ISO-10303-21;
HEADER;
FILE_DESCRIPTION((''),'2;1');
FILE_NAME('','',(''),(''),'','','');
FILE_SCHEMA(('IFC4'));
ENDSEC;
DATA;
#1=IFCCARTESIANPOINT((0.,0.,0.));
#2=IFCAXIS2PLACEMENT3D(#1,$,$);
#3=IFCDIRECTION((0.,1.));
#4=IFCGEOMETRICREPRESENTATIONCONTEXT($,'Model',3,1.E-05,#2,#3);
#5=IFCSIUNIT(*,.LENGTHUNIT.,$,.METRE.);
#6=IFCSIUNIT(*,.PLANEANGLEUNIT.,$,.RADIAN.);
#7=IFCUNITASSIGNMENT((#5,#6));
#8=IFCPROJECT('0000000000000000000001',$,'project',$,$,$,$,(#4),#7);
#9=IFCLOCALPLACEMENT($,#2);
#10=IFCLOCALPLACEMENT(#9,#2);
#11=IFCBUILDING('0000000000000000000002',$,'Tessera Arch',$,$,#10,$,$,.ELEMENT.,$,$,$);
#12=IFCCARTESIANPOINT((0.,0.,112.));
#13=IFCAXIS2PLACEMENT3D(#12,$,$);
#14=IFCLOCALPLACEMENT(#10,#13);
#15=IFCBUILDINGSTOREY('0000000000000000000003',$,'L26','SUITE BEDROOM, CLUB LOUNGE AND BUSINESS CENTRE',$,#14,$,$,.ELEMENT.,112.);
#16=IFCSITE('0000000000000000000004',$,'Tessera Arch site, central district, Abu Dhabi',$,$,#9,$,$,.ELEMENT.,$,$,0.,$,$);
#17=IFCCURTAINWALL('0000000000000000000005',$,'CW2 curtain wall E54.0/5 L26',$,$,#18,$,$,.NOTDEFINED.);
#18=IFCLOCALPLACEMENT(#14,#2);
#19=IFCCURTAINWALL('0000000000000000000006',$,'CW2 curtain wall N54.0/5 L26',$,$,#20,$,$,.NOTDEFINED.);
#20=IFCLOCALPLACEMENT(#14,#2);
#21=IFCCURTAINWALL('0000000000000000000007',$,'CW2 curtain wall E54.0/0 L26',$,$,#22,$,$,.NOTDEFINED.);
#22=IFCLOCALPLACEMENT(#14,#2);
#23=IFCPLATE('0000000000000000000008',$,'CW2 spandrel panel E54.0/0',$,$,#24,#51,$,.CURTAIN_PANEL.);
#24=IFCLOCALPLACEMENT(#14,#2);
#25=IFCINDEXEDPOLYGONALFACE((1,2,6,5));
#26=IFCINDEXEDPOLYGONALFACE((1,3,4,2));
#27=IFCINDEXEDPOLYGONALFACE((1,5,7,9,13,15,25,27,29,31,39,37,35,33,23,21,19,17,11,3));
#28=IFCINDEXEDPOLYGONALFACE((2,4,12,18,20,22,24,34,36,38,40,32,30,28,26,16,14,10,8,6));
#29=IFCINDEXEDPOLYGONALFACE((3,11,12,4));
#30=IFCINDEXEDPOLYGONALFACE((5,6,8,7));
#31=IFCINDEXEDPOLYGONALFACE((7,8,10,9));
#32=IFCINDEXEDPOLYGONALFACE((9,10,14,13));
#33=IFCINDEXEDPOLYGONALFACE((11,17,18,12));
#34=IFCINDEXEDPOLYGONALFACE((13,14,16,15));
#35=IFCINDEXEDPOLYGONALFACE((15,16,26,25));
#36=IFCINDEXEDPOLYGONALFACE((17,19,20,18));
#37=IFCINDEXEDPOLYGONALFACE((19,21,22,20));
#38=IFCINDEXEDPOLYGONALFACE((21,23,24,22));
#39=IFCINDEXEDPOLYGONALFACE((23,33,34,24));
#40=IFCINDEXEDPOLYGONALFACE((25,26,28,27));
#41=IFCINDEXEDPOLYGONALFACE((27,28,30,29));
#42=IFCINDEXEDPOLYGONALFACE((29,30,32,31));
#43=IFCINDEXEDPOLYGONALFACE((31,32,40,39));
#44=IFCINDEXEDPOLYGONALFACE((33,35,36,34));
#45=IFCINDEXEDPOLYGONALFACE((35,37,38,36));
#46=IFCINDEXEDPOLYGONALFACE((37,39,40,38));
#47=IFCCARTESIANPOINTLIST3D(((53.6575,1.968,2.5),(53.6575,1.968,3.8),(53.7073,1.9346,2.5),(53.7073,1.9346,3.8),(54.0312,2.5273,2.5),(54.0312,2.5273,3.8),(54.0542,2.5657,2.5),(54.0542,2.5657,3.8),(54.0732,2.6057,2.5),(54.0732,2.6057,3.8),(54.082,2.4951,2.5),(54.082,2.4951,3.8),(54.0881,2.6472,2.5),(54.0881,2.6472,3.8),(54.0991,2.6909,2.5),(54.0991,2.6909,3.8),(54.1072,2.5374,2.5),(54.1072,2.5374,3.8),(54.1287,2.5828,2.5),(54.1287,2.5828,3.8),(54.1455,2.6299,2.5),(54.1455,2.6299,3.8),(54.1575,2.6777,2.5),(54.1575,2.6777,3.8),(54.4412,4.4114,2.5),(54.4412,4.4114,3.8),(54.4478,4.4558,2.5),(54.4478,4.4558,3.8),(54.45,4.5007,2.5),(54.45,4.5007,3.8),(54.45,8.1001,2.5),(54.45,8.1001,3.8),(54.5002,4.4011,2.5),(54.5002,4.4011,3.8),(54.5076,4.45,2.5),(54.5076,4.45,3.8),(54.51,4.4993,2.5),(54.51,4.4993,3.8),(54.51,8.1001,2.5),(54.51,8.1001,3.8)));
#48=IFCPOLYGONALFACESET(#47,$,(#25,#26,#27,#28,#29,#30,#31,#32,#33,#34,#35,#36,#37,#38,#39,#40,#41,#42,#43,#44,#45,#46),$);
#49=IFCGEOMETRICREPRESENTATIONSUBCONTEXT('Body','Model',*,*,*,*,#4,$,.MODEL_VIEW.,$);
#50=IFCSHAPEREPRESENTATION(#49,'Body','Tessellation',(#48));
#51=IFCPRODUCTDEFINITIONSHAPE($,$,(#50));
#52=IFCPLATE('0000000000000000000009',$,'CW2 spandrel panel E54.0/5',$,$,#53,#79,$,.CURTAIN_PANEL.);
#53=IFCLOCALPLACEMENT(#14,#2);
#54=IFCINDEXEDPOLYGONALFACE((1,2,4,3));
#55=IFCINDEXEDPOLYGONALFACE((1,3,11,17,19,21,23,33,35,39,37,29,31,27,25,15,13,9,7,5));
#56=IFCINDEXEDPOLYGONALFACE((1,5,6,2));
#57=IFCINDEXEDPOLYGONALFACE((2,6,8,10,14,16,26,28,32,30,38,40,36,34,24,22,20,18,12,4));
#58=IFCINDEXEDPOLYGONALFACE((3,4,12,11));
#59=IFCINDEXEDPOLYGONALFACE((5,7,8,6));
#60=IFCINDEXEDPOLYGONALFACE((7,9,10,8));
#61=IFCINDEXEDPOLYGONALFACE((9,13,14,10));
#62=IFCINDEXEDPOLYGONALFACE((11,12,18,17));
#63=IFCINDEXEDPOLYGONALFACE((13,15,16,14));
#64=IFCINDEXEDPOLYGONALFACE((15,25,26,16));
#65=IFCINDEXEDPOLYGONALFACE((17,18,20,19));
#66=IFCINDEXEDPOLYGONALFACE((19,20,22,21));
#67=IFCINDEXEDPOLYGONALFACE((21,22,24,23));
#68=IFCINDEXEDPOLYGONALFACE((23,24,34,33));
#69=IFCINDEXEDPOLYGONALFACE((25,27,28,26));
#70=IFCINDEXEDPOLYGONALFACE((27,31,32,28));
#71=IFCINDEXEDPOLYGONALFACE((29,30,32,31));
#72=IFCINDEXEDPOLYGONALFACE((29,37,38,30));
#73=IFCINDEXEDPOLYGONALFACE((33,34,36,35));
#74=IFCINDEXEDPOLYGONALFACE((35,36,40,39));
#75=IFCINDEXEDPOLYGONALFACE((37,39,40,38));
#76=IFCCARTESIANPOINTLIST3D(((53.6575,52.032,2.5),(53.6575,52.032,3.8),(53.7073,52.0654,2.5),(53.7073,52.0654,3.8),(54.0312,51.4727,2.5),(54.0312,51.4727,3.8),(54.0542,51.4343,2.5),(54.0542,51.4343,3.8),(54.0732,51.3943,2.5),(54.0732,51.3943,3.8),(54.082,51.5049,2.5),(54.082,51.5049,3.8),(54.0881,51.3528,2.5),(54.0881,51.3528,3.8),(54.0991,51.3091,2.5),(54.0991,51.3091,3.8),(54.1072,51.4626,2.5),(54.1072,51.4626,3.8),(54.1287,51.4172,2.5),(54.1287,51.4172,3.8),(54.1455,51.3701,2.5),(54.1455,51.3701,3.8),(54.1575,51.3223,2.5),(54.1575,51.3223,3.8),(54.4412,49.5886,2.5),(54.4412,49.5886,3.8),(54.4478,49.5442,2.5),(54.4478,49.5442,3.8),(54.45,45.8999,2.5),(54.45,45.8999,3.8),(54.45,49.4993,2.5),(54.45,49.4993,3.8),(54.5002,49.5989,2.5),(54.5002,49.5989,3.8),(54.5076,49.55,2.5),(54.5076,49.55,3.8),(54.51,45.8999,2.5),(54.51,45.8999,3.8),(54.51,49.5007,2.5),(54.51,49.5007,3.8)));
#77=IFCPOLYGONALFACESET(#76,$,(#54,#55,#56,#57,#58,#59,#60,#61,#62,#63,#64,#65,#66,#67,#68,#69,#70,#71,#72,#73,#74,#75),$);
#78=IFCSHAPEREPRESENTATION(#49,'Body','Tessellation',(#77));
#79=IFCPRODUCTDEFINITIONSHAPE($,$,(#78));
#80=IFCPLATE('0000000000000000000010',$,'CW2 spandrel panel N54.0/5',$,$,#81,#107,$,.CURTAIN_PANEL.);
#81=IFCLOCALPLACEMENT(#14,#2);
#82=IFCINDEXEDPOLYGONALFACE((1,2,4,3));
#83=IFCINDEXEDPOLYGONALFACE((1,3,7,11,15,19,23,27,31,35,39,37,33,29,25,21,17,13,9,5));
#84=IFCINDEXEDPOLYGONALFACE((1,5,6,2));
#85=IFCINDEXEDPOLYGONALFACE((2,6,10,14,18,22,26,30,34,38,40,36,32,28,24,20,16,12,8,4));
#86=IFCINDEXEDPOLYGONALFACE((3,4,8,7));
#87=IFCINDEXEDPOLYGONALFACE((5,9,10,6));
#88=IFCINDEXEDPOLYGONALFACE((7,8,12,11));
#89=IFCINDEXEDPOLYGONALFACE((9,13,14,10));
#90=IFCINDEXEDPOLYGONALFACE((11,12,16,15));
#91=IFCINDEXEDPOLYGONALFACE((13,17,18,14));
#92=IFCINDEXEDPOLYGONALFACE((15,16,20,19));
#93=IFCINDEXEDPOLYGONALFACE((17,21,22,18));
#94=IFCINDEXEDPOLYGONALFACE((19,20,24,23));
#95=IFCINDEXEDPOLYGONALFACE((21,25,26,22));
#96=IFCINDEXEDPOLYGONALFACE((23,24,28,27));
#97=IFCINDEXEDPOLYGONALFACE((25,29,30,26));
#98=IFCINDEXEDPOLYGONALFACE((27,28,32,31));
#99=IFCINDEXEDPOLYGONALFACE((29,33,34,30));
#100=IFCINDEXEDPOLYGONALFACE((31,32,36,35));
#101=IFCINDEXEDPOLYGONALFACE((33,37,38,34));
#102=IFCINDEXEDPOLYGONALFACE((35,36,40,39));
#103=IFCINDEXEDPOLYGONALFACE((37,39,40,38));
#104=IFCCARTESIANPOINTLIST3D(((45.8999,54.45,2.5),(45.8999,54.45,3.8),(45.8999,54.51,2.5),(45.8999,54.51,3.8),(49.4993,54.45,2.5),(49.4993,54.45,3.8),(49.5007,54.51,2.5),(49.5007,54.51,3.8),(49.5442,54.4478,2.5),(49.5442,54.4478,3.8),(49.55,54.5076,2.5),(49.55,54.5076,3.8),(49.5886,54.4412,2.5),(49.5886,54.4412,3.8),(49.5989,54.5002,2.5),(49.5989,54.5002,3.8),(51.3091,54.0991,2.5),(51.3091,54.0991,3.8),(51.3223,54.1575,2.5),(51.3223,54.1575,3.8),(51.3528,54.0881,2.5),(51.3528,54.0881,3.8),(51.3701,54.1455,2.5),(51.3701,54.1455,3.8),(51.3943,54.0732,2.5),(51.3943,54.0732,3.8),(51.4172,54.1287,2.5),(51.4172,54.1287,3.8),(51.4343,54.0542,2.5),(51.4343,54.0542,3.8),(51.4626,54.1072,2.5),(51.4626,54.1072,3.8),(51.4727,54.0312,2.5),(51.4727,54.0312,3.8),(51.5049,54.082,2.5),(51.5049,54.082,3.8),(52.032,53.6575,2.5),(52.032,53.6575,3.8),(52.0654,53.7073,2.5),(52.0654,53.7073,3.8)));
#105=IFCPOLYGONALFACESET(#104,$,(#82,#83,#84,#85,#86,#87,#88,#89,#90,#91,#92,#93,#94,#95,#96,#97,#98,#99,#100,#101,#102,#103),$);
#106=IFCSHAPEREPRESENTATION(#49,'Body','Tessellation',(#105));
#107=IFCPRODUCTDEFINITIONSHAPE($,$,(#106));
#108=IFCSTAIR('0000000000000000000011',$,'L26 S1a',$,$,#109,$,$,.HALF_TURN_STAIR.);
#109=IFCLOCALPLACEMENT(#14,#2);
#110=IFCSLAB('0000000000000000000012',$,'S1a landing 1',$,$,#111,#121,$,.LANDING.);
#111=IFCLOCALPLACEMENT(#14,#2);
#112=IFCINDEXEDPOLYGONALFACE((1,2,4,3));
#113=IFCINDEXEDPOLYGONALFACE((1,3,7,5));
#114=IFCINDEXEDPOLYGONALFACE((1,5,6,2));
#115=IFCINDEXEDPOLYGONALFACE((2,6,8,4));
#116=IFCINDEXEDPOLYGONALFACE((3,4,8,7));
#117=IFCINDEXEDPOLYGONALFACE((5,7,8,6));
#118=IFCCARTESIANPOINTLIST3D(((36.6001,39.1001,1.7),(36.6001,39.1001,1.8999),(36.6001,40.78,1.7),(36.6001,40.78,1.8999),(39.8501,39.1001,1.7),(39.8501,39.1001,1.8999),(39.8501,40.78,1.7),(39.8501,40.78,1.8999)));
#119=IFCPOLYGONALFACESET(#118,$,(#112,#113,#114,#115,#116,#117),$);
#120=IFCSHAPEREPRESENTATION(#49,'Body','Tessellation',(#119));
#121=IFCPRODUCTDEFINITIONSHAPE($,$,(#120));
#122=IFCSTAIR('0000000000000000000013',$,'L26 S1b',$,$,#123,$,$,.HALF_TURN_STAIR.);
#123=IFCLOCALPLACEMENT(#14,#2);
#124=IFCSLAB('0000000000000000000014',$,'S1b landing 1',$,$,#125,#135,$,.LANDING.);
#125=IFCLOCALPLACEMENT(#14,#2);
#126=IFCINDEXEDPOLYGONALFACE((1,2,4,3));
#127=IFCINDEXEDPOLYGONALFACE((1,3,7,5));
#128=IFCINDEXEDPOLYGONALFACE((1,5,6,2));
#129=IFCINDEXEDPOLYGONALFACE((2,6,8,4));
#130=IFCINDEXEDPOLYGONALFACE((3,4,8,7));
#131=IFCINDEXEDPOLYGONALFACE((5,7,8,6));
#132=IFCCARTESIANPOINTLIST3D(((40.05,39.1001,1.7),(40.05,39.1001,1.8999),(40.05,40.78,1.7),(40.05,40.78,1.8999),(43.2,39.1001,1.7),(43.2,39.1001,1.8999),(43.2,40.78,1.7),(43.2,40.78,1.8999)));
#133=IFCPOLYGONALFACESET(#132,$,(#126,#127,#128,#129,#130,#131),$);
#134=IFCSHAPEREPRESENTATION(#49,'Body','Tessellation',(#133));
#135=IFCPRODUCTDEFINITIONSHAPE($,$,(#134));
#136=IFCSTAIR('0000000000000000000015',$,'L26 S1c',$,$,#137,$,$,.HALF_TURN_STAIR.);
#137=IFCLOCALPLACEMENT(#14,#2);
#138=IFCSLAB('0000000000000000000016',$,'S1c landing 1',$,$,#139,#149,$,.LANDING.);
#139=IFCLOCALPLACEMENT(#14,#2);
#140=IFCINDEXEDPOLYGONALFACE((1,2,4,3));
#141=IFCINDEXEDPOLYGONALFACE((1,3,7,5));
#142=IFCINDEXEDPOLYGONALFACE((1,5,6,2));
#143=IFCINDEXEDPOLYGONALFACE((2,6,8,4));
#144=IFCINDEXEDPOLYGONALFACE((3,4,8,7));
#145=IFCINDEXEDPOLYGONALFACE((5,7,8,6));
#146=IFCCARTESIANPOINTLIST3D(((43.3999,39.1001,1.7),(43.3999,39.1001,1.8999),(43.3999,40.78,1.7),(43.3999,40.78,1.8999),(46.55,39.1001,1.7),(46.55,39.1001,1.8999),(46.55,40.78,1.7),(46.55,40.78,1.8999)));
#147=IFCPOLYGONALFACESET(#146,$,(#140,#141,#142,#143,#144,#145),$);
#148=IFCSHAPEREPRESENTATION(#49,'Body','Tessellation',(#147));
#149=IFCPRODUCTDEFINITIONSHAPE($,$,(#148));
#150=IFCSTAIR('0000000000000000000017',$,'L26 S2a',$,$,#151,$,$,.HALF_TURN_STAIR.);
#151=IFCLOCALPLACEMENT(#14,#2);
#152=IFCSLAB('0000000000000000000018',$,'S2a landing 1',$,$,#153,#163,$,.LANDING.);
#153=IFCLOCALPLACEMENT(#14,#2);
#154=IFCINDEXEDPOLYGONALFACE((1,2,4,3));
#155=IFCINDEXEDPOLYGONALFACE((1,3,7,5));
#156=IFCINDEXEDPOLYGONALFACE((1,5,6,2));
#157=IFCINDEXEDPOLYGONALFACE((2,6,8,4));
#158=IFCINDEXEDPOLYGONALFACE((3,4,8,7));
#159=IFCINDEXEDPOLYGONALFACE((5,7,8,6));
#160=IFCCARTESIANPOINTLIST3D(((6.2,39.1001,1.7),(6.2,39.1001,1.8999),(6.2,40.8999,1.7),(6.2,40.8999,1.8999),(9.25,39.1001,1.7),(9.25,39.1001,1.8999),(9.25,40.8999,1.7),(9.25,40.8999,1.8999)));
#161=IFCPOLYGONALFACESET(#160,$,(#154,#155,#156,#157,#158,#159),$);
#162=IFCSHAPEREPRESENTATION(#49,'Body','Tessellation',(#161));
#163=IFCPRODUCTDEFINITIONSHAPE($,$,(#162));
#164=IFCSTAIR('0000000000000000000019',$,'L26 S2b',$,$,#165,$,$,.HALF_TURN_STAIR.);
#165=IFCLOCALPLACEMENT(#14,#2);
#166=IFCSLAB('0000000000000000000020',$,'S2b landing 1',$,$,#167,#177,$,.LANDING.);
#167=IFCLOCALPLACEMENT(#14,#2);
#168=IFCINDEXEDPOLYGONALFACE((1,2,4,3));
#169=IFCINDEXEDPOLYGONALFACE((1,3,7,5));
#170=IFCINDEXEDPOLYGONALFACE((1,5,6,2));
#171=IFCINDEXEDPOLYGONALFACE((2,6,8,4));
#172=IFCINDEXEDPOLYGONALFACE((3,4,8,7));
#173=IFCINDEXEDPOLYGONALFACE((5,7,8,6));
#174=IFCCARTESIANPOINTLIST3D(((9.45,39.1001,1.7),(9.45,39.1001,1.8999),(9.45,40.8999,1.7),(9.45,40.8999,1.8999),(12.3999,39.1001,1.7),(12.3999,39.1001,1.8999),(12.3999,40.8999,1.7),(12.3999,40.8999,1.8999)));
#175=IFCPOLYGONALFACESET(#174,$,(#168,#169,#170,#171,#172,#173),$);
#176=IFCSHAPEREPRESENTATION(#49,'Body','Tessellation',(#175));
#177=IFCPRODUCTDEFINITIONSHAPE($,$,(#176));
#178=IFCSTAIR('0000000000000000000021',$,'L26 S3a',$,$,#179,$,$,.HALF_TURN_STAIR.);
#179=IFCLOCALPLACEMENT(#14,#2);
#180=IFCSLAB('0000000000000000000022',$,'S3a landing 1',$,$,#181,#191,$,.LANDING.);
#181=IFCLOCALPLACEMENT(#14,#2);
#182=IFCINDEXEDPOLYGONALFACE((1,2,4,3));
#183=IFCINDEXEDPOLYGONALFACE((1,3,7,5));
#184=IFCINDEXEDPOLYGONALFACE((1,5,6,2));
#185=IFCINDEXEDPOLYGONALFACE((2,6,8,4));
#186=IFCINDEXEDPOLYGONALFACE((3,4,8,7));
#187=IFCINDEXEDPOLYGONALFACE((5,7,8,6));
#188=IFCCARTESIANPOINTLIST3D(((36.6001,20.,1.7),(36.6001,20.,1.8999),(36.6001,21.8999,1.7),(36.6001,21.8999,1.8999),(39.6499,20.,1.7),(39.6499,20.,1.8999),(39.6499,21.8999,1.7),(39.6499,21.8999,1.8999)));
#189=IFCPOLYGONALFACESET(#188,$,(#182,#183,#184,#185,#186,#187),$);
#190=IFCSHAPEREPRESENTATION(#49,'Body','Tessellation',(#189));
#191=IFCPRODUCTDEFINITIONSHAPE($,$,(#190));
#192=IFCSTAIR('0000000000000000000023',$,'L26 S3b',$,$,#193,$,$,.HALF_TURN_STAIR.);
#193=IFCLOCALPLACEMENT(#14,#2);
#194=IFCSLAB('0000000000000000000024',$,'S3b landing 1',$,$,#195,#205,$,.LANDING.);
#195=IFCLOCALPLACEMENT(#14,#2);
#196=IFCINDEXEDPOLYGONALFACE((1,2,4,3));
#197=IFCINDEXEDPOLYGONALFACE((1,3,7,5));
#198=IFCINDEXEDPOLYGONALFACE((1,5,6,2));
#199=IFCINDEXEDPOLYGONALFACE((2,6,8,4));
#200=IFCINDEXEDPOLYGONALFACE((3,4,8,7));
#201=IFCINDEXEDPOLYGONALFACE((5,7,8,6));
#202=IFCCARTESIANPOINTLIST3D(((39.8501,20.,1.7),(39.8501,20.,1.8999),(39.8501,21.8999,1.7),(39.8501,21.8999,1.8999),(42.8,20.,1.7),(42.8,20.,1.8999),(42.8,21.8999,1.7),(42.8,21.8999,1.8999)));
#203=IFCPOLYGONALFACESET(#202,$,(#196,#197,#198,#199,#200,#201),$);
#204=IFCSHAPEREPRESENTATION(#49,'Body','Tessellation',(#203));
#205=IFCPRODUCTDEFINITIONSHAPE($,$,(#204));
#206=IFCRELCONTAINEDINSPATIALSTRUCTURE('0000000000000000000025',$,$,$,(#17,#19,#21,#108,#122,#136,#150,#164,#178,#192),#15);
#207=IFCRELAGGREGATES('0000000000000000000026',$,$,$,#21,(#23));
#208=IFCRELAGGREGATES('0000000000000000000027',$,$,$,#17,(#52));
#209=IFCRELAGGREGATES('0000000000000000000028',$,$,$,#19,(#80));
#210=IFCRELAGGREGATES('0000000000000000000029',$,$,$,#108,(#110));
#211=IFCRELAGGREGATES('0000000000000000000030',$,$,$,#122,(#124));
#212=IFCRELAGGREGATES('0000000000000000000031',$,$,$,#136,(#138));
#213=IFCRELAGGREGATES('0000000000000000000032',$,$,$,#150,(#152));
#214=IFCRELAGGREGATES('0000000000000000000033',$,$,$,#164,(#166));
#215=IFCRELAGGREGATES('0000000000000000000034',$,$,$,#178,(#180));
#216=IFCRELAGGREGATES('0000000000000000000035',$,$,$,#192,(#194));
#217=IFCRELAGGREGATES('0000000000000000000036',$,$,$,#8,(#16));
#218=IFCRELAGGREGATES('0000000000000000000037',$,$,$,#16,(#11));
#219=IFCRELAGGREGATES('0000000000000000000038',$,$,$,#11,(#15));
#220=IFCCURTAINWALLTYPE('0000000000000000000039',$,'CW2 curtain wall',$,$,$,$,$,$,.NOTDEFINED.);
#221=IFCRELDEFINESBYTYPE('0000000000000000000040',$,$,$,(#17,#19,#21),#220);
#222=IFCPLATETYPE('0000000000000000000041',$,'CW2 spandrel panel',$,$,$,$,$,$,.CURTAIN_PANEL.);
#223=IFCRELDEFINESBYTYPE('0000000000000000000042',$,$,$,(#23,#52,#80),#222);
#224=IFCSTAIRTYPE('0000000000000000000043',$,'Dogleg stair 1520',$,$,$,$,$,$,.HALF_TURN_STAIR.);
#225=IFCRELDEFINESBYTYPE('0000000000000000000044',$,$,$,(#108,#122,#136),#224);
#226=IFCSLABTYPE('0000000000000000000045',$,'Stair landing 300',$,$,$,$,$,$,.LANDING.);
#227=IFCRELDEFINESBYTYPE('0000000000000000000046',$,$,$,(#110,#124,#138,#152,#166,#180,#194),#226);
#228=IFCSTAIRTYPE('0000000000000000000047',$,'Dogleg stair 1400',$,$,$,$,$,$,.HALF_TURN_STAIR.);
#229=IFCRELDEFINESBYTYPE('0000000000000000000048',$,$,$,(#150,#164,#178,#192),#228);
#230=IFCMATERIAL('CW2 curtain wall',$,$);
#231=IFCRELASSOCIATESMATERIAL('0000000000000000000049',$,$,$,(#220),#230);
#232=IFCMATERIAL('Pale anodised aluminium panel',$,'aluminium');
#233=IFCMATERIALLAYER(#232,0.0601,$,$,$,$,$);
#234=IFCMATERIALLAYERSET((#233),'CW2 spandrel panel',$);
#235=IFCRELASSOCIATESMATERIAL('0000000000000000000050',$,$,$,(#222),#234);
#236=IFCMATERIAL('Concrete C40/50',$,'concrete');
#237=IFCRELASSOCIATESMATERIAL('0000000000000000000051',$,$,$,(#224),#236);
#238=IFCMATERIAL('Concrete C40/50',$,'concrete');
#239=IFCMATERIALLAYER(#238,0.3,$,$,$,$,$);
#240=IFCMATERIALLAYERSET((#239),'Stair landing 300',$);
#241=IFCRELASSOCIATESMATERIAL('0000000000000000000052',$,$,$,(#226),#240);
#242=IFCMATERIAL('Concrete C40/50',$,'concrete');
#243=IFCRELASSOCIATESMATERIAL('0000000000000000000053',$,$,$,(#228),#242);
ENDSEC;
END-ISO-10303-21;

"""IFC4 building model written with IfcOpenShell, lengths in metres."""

from ifc_helpers import new_model, si_unit, direction, frame, origin, place, context, subcontext, project, spatial, polyline, outline, extrude, material, layer, layer_set, type_object, element, aggregate, save


model = new_model("IFC4")

# Units and contexts
model_context = context("Model", 3, precision=1e-05, world=origin(), true_north=direction((0.0, 1.0)))
body_context = subcontext(model_context, "Body", "Model", "MODEL_VIEW")
ifc_project = project(units=[si_unit("LENGTHUNIT", "METRE"), si_unit("PLANEANGLEUNIT", "RADIAN")], contexts=[model_context])

# Site, building, storey
site_placement = place(None, origin())
site = spatial("IfcSite", under=ifc_project, at=site_placement, Name="Tessera Arch site, central district, Abu Dhabi", CompositionType="ELEMENT", RefElevation=0.0)
building_placement = place(site_placement, origin())
building = spatial("IfcBuilding", under=site, at=building_placement, Name="Tessera Arch", CompositionType="ELEMENT")
storey_placement = place(building_placement, frame((0.0, 0.0, 112.0)))
storey = spatial("IfcBuildingStorey", under=building, at=storey_placement, Name="L26", Description="SUITE BEDROOM, CLUB LOUNGE AND BUSINESS CENTRE", CompositionType="ELEMENT", Elevation=112.0)

# Curtain walls
ifc_material_1 = material(Name="CW2 curtain wall")
curtain_wall_type = type_object("IfcCurtainWallType", Name="CW2 curtain wall", PredefinedType="NOTDEFINED", material=ifc_material_1)
curtain_wall_1_placement = place(storey_placement, origin())
curtain_wall_1 = element("IfcCurtainWall", 1, at=curtain_wall_1_placement, inside=storey, type_object=curtain_wall_type, Name="CW2 curtain wall E54.0/5 L26", PredefinedType="NOTDEFINED")
curtain_wall_2_placement = place(storey_placement, origin())
curtain_wall_2 = element("IfcCurtainWall", 2, at=curtain_wall_2_placement, inside=storey, type_object=curtain_wall_type, Name="CW2 curtain wall N54.0/5 L26", PredefinedType="NOTDEFINED")

# Curtain wall
curtain_wall_3_placement = place(storey_placement, origin())
curtain_wall_3 = element("IfcCurtainWall", 3, at=curtain_wall_3_placement, inside=storey, type_object=curtain_wall_type, Name="CW2 curtain wall E54.0/0 L26", PredefinedType="NOTDEFINED")

# Plates
ifc_material_2 = material(Name="Pale anodised aluminium panel", Category="aluminium")
ifc_layer_1 = layer(ifc_material_2, 0.0601)
ifc_layer_set_1 = layer_set([ifc_layer_1], Name="CW2 spandrel panel")
plate_type_1 = type_object("IfcPlateType", Name="CW2 spandrel panel", PredefinedType="CURTAIN_PANEL", material=ifc_layer_set_1)
plate_1_placement = place(storey_placement, frame((0.0, 0.0, 2.5)))
plate_1 = element("IfcPlate", 4, at=plate_1_placement, type_object=plate_type_1, Name="CW2 spandrel panel E54.0/0", PredefinedType="CURTAIN_PANEL", context=body_context, shape_type="SweptSolid", body=[
    extrude(outline(polyline([(54.0312, 2.5273), (53.6575, 1.968), (53.7073, 1.9346), (54.082, 2.4951), (54.1072, 2.5374), (54.1287, 2.5828), (54.1455, 2.6299), (54.1575, 2.6777), (54.5002, 4.4011), (54.5076, 4.45), (54.51, 4.4993), (54.51, 8.1001), (54.45, 8.1001), (54.45, 4.5007), (54.4478, 4.4558), (54.4412, 4.4114), (54.0991, 2.6909), (54.0881, 2.6472), (54.0732, 2.6057), (54.0542, 2.5657), (54.0312, 2.5273)])), origin(), (0.0, 0.0, 1.0), 1.3),
])
aggregate(curtain_wall_3, [plate_1])
plate_2_placement = place(storey_placement, frame((0.0, 0.0, 2.5)))
plate_2 = element("IfcPlate", 5, at=plate_2_placement, type_object=plate_type_1, Name="CW2 spandrel panel E54.0/5", PredefinedType="CURTAIN_PANEL", context=body_context, shape_type="SweptSolid", body=[
    extrude(outline(polyline([(54.45, 49.4993), (54.45, 45.8999), (54.51, 45.8999), (54.51, 49.5007), (54.5076, 49.55), (54.5002, 49.5989), (54.1575, 51.3223), (54.1455, 51.3701), (54.1287, 51.4172), (54.1072, 51.4626), (54.082, 51.5049), (53.7073, 52.0654), (53.6575, 52.032), (54.0312, 51.4727), (54.0542, 51.4343), (54.0732, 51.3943), (54.0881, 51.3528), (54.0991, 51.3091), (54.4412, 49.5886), (54.4478, 49.5442), (54.45, 49.4993)])), origin(), (0.0, 0.0, 1.0), 1.3),
])
aggregate(curtain_wall_1, [plate_2])
plate_3_placement = place(storey_placement, frame((0.0, 0.0, 2.5)))
plate_3 = element("IfcPlate", 6, at=plate_3_placement, type_object=plate_type_1, Name="CW2 spandrel panel N54.0/5", PredefinedType="CURTAIN_PANEL", context=body_context, shape_type="SweptSolid", body=[
    extrude(outline(polyline([(51.4727, 54.0312), (52.032, 53.6575), (52.0654, 53.7073), (51.5049, 54.082), (51.4626, 54.1072), (51.4172, 54.1287), (51.3701, 54.1455), (51.3223, 54.1575), (49.5989, 54.5002), (49.55, 54.5076), (49.5007, 54.51), (45.8999, 54.51), (45.8999, 54.45), (49.4993, 54.45), (49.5442, 54.4478), (49.5886, 54.4412), (51.3091, 54.0991), (51.3528, 54.0881), (51.3943, 54.0732), (51.4343, 54.0542), (51.4727, 54.0312)])), origin(), (0.0, 0.0, 1.0), 1.3),
])
aggregate(curtain_wall_2, [plate_3])

# Stairs, slabs
ifc_material_3 = material(Name="Concrete C40/50", Category="concrete")
stair_type_1 = type_object("IfcStairType", Name="Dogleg stair 1520", PredefinedType="HALF_TURN_STAIR", material=ifc_material_3)
stair_1_placement = place(storey_placement, origin())
stair_1 = element("IfcStair", 7, at=stair_1_placement, inside=storey, type_object=stair_type_1, Name="L26 S1a", PredefinedType="HALF_TURN_STAIR")
ifc_material_4 = material(Name="Concrete C40/50", Category="concrete")
ifc_layer_2 = layer(ifc_material_4, 0.3)
ifc_layer_set_2 = layer_set([ifc_layer_2], Name="Stair landing 300")
slab_type = type_object("IfcSlabType", Name="Stair landing 300", PredefinedType="LANDING", material=ifc_layer_set_2)
slab_1_placement = place(storey_placement, frame((0.0, 0.0, 1.7)))
slab_1 = element("IfcSlab", 8, at=slab_1_placement, type_object=slab_type, Name="S1a landing 1", PredefinedType="LANDING", context=body_context, shape_type="SweptSolid", body=[
    extrude(outline(polyline([(36.6001, 40.78), (36.6001, 39.1001), (39.8501, 39.1001), (39.8501, 40.78), (36.6001, 40.78)])), origin(), (0.0, 0.0, 1.0), 0.2),
])
aggregate(stair_1, [slab_1])
stair_2_placement = place(storey_placement, origin())
stair_2 = element("IfcStair", 9, at=stair_2_placement, inside=storey, type_object=stair_type_1, Name="L26 S1b", PredefinedType="HALF_TURN_STAIR")
slab_2_placement = place(storey_placement, frame((0.0, 0.0, 1.7)))
slab_2 = element("IfcSlab", 10, at=slab_2_placement, type_object=slab_type, Name="S1b landing 1", PredefinedType="LANDING", context=body_context, shape_type="SweptSolid", body=[
    extrude(outline(polyline([(40.05, 40.78), (40.05, 39.1001), (43.2, 39.1001), (43.2, 40.78), (40.05, 40.78)])), origin(), (0.0, 0.0, 1.0), 0.2),
])
aggregate(stair_2, [slab_2])
stair_3_placement = place(storey_placement, origin())
stair_3 = element("IfcStair", 11, at=stair_3_placement, inside=storey, type_object=stair_type_1, Name="L26 S1c", PredefinedType="HALF_TURN_STAIR")
slab_3_placement = place(storey_placement, frame((0.0, 0.0, 1.7)))
slab_3 = element("IfcSlab", 12, at=slab_3_placement, type_object=slab_type, Name="S1c landing 1", PredefinedType="LANDING", context=body_context, shape_type="SweptSolid", body=[
    extrude(outline(polyline([(43.3999, 40.78), (43.3999, 39.1001), (46.55, 39.1001), (46.55, 40.78), (43.3999, 40.78)])), origin(), (0.0, 0.0, 1.0), 0.2),
])
aggregate(stair_3, [slab_3])
ifc_material_5 = material(Name="Concrete C40/50", Category="concrete")
stair_type_2 = type_object("IfcStairType", Name="Dogleg stair 1400", PredefinedType="HALF_TURN_STAIR", material=ifc_material_5)
stair_4_placement = place(storey_placement, origin())
stair_4 = element("IfcStair", 13, at=stair_4_placement, inside=storey, type_object=stair_type_2, Name="L26 S2a", PredefinedType="HALF_TURN_STAIR")
slab_4_placement = place(storey_placement, frame((0.0, 0.0, 1.7)))
slab_4 = element("IfcSlab", 14, at=slab_4_placement, type_object=slab_type, Name="S2a landing 1", PredefinedType="LANDING", context=body_context, shape_type="SweptSolid", body=[
    extrude(outline(polyline([(6.2, 40.8999), (6.2, 39.1001), (9.25, 39.1001), (9.25, 40.8999), (6.2, 40.8999)])), origin(), (0.0, 0.0, 1.0), 0.2),
])
aggregate(stair_4, [slab_4])
stair_5_placement = place(storey_placement, origin())
stair_5 = element("IfcStair", 15, at=stair_5_placement, inside=storey, type_object=stair_type_2, Name="L26 S2b", PredefinedType="HALF_TURN_STAIR")
slab_5_placement = place(storey_placement, frame((0.0, 0.0, 1.7)))
slab_5 = element("IfcSlab", 16, at=slab_5_placement, type_object=slab_type, Name="S2b landing 1", PredefinedType="LANDING", context=body_context, shape_type="SweptSolid", body=[
    extrude(outline(polyline([(9.45, 40.8999), (9.45, 39.1001), (12.3999, 39.1001), (12.3999, 40.8999), (9.45, 40.8999)])), origin(), (0.0, 0.0, 1.0), 0.2),
])
aggregate(stair_5, [slab_5])
stair_6_placement = place(storey_placement, origin())
stair_6 = element("IfcStair", 17, at=stair_6_placement, inside=storey, type_object=stair_type_2, Name="L26 S3a", PredefinedType="HALF_TURN_STAIR")
slab_6_placement = place(storey_placement, frame((0.0, 0.0, 1.7)))
slab_6 = element("IfcSlab", 18, at=slab_6_placement, type_object=slab_type, Name="S3a landing 1", PredefinedType="LANDING", context=body_context, shape_type="SweptSolid", body=[
    extrude(outline(polyline([(39.6499, 20.0), (39.6499, 21.8999), (36.6001, 21.8999), (36.6001, 20.0), (39.6499, 20.0)])), origin(), (0.0, 0.0, 1.0), 0.2),
])
aggregate(stair_6, [slab_6])
stair_7_placement = place(storey_placement, origin())
stair_7 = element("IfcStair", 19, at=stair_7_placement, inside=storey, type_object=stair_type_2, Name="L26 S3b", PredefinedType="HALF_TURN_STAIR")
slab_7_placement = place(storey_placement, frame((0.0, 0.0, 1.7)))
slab_7 = element("IfcSlab", 20, at=slab_7_placement, type_object=slab_type, Name="S3b landing 1", PredefinedType="LANDING", context=body_context, shape_type="SweptSolid", body=[
    extrude(outline(polyline([(42.8, 20.0), (42.8, 21.8999), (39.8501, 21.8999), (39.8501, 20.0), (42.8, 20.0)])), origin(), (0.0, 0.0, 1.0), 0.2),
])
aggregate(stair_7, [slab_7])

save(model, "model.ifc")
